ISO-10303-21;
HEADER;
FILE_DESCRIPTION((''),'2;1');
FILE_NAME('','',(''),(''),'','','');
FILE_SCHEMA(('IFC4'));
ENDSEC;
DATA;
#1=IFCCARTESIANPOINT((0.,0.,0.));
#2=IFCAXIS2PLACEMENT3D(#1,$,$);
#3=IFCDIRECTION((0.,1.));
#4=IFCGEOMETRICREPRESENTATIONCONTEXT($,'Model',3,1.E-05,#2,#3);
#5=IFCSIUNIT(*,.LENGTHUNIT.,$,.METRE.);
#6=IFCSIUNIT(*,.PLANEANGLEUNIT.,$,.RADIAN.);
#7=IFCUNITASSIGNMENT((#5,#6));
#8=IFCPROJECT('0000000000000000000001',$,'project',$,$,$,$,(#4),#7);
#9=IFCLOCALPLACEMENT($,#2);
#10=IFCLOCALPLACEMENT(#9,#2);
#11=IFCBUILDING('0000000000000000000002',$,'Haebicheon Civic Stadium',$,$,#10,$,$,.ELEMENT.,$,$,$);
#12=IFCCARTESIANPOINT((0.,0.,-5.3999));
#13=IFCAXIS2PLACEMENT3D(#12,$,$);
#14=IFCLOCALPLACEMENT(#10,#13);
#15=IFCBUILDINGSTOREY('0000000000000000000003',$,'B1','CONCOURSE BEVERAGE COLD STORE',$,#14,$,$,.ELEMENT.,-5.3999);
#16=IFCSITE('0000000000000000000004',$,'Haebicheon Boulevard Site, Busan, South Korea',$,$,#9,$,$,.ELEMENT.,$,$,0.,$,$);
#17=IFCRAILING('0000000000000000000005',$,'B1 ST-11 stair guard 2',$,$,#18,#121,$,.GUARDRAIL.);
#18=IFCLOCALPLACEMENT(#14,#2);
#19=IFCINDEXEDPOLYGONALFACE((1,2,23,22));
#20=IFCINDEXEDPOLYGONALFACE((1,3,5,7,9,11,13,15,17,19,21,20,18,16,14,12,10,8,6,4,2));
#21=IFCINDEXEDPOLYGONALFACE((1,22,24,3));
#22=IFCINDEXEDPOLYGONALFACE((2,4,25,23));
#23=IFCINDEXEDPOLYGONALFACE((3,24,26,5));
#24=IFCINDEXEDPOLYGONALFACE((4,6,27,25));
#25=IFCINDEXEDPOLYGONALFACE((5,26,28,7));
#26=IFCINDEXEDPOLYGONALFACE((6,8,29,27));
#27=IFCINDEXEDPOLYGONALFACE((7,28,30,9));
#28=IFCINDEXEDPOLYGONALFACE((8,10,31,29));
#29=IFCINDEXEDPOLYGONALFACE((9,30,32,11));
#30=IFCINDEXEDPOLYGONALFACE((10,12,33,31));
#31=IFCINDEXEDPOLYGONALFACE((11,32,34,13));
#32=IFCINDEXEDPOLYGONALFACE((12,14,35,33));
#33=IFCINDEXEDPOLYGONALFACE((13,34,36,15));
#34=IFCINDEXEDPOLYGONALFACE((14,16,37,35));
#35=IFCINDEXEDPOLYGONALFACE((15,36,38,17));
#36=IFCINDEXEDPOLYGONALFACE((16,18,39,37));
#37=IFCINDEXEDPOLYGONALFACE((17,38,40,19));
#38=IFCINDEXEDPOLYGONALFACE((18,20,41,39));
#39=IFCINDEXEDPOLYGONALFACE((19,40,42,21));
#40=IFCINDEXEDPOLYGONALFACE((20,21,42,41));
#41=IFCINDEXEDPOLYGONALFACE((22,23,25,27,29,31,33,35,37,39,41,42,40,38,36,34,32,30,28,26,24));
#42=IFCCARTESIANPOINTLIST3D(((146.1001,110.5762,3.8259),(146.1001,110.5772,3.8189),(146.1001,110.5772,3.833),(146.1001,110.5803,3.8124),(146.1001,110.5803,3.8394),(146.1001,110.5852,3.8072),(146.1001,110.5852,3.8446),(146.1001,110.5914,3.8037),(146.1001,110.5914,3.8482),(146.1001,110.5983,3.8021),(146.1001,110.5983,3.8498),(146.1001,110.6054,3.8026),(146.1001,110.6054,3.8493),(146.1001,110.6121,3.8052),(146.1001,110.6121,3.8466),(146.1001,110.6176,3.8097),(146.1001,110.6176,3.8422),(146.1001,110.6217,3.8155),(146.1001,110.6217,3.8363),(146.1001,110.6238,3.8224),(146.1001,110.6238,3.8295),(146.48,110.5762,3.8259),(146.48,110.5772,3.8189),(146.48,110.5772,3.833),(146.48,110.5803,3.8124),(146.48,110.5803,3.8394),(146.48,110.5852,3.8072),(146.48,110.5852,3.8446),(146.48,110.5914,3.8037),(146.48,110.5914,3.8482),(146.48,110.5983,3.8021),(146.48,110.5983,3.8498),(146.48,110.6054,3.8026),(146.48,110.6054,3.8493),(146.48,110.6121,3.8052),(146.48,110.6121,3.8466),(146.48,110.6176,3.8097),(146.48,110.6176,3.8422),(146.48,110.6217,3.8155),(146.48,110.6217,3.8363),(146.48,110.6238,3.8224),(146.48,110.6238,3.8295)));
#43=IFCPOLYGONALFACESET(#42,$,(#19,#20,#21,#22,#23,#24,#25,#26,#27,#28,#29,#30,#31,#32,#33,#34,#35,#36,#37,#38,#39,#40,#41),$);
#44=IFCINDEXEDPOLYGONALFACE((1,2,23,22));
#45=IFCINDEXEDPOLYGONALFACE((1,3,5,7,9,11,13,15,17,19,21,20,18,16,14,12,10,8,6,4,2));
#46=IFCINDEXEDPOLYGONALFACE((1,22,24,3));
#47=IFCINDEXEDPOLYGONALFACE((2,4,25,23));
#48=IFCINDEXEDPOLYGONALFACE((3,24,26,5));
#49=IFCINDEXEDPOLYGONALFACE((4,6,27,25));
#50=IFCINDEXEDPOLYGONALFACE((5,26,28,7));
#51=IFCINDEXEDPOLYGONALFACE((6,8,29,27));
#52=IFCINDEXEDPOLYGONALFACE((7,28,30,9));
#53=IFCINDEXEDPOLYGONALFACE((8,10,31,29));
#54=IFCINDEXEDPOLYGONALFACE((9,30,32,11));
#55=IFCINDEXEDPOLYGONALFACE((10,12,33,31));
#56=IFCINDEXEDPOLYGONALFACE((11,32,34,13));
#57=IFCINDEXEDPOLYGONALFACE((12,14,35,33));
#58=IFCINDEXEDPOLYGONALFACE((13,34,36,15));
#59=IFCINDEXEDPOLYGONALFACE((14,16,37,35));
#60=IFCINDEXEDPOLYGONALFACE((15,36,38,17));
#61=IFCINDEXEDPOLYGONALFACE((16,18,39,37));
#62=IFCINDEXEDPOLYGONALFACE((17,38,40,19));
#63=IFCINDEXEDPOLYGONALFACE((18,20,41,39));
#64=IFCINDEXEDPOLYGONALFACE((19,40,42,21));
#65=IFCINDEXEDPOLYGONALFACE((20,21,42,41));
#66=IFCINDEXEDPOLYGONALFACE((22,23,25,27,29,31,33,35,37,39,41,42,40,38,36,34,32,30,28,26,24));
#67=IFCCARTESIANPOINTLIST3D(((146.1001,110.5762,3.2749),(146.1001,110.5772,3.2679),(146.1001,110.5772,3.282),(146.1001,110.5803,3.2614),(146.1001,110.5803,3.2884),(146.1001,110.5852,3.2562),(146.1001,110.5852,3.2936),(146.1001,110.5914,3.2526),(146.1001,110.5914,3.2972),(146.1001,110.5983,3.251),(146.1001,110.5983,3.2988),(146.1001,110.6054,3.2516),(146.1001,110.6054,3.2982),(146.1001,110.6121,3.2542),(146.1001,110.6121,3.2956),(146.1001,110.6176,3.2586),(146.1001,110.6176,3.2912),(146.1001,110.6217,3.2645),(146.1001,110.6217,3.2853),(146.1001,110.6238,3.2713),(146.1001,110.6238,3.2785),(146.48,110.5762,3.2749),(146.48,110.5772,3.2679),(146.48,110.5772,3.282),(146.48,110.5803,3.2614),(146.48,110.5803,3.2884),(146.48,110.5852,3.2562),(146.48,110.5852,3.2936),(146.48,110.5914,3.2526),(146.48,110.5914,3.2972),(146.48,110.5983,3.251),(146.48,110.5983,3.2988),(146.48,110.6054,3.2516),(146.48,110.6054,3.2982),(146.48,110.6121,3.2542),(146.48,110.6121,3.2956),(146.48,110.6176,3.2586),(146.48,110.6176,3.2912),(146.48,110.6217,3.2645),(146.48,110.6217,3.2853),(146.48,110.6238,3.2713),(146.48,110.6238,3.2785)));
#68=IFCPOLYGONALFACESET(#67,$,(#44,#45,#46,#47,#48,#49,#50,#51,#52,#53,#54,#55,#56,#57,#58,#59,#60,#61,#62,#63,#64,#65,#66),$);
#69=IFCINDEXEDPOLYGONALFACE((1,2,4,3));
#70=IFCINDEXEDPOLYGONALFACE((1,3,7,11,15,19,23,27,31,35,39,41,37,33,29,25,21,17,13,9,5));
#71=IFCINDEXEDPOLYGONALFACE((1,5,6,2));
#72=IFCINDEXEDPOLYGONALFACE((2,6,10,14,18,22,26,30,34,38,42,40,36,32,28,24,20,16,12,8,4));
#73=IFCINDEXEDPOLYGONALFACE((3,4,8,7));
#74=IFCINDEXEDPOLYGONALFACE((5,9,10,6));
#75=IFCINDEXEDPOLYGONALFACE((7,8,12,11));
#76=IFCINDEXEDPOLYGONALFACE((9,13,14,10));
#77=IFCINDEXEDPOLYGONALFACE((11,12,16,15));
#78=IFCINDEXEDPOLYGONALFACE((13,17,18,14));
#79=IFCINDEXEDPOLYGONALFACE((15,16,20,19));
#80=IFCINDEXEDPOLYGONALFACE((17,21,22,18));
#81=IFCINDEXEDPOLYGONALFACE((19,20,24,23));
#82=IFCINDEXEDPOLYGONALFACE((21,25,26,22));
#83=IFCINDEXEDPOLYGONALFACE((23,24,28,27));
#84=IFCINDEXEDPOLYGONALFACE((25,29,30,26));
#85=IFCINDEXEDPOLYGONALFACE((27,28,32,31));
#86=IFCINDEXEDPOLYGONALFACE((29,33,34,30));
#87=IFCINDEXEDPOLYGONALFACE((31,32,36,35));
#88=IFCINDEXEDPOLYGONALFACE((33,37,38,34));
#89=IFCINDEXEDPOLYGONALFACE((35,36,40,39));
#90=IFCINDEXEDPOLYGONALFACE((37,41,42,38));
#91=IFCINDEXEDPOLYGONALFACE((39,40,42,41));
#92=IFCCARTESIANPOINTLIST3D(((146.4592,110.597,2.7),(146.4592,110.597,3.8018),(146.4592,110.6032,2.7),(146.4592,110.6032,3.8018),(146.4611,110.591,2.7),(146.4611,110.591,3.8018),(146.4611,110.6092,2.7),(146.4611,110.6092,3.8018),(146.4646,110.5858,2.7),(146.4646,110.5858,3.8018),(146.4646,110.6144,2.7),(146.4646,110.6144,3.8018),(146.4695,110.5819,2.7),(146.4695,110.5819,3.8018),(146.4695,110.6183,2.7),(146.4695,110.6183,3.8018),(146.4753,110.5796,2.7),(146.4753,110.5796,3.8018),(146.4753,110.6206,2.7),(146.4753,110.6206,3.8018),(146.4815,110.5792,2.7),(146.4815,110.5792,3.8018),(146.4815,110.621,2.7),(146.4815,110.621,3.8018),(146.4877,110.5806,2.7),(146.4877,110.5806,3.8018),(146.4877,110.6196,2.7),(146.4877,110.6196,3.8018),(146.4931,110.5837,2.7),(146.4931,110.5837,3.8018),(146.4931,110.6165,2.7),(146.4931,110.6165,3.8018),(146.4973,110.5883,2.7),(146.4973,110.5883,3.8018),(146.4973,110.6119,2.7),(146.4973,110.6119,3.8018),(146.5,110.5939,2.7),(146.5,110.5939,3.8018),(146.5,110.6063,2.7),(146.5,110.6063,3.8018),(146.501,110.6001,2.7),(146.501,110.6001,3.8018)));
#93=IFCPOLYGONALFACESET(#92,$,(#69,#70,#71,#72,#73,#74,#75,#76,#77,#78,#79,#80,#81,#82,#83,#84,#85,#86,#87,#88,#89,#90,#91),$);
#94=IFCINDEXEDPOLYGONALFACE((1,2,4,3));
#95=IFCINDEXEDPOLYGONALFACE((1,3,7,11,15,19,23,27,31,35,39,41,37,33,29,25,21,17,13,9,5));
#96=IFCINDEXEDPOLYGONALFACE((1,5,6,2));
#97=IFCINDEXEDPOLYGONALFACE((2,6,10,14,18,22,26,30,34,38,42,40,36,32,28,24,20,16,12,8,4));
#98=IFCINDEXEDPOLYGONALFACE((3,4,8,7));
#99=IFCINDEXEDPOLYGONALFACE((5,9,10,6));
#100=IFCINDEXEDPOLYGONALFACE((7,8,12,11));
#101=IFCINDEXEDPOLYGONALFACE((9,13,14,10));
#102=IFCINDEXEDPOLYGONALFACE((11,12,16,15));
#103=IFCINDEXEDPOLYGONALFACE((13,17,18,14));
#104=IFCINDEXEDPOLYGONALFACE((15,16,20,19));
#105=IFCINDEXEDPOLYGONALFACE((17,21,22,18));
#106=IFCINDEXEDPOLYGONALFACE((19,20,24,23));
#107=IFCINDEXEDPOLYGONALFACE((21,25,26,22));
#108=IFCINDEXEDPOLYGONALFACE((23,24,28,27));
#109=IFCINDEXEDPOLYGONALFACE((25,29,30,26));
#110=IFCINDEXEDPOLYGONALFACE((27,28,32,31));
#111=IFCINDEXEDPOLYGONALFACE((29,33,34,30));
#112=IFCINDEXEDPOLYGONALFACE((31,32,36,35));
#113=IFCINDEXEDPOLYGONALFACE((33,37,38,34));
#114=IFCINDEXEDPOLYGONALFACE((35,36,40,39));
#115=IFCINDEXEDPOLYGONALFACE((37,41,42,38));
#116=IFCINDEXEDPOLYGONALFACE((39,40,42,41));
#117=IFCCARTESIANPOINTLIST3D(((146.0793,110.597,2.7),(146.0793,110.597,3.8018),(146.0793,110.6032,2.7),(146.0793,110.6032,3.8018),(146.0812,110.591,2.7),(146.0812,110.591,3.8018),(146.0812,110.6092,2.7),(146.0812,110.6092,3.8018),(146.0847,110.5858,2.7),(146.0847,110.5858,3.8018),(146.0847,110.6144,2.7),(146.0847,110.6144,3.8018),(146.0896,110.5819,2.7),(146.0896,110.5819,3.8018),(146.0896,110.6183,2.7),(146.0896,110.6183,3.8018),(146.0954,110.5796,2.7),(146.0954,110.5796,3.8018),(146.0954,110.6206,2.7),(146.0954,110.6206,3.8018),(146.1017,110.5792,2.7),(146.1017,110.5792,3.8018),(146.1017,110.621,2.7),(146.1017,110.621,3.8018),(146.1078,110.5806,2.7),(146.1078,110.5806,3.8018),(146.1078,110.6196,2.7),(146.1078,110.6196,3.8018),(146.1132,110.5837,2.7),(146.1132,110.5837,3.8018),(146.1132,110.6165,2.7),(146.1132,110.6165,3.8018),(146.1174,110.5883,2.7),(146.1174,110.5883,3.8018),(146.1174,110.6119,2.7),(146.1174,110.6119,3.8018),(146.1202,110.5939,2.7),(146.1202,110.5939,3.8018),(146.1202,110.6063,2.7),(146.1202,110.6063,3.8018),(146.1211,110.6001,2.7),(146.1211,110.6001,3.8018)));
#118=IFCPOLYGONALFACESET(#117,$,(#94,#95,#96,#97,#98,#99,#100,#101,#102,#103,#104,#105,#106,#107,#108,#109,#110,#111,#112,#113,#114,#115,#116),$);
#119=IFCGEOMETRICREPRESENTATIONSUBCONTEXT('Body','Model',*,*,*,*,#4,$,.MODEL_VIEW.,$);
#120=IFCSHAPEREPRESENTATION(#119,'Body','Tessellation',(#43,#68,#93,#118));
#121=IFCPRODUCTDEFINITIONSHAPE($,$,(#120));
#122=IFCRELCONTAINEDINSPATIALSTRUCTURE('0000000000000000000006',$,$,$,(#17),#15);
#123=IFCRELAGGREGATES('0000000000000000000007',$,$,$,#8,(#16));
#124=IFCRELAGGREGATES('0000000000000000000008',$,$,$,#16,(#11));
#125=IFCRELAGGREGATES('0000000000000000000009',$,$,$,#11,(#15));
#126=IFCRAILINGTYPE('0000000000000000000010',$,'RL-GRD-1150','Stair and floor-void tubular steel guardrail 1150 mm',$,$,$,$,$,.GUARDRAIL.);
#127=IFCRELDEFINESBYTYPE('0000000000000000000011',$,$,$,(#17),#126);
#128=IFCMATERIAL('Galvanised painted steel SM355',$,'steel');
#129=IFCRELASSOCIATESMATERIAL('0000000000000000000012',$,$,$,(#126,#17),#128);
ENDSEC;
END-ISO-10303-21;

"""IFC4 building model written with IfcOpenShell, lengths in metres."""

from ifc_helpers import new_model, si_unit, direction, frame, origin, origin_2d, place, context, subcontext, project, spatial, circle, extrude, material, type_object, element, save


model = new_model("IFC4")

# Units and contexts
model_context = context("Model", 3, precision=1e-05, world=origin(), true_north=direction((0.0, 1.0)))
body_context = subcontext(model_context, "Body", "Model", "MODEL_VIEW")
ifc_project = project(units=[si_unit("LENGTHUNIT", "METRE"), si_unit("PLANEANGLEUNIT", "RADIAN")], contexts=[model_context])

# Site, building, storey
site_placement = place(None, origin())
site = spatial("IfcSite", under=ifc_project, at=site_placement, Name="Haebicheon Boulevard Site, Busan, South Korea", CompositionType="ELEMENT", RefElevation=0.0)
building_placement = place(site_placement, origin())
building = spatial("IfcBuilding", under=site, at=building_placement, Name="Haebicheon Civic Stadium", CompositionType="ELEMENT")
storey_placement = place(building_placement, frame((0.0, 0.0, -5.3999)))
storey = spatial("IfcBuildingStorey", under=building, at=storey_placement, Name="B1", Description="CONCOURSE BEVERAGE COLD STORE", CompositionType="ELEMENT", Elevation=-5.3999)

# Railing
ifc_material_1 = material(Name="Galvanised painted steel SM355", Category="steel")
railing_type_1 = type_object("IfcRailingType", Name="RL-GRD-1150", Description="Stair and floor-void tubular steel guardrail 1150 mm", PredefinedType="GUARDRAIL", material=ifc_material_1)
railing_1_placement = place(storey_placement, frame((146.48, 110.6001, 2.7)))
element("IfcRailing", 1, at=railing_1_placement, inside=storey, type_object=railing_type_1, material=ifc_material_1, Name="B1 ST-11 stair guard 2", PredefinedType="GUARDRAIL", context=body_context, shape_type="SweptSolid", body=[
    extrude(circle(Radius=0.0239, at=origin_2d()), frame((0.0, 0.0, 1.126), z_axis=(-1.0, 0.0, 0.0), x_axis=(0.0, -1.0, 0.0)), (0.0, 0.0, 1.0), 0.3799),
    extrude(circle(Radius=0.0239, at=origin_2d()), frame((0.0, 0.0, 0.575), z_axis=(-1.0, 0.0, 0.0), x_axis=(0.0, -1.0, 0.0)), (0.0, 0.0, 1.0), 0.3799),
    extrude(circle(Radius=0.021, at=origin_2d()), origin(), (0.0, 0.0, 1.0), 1.1018),
    extrude(circle(Radius=0.021, at=origin_2d()), frame((-0.3799, 0.0, 0.0)), (0.0, 0.0, 1.0), 1.1018),
])

save(model, "model.ifc")
